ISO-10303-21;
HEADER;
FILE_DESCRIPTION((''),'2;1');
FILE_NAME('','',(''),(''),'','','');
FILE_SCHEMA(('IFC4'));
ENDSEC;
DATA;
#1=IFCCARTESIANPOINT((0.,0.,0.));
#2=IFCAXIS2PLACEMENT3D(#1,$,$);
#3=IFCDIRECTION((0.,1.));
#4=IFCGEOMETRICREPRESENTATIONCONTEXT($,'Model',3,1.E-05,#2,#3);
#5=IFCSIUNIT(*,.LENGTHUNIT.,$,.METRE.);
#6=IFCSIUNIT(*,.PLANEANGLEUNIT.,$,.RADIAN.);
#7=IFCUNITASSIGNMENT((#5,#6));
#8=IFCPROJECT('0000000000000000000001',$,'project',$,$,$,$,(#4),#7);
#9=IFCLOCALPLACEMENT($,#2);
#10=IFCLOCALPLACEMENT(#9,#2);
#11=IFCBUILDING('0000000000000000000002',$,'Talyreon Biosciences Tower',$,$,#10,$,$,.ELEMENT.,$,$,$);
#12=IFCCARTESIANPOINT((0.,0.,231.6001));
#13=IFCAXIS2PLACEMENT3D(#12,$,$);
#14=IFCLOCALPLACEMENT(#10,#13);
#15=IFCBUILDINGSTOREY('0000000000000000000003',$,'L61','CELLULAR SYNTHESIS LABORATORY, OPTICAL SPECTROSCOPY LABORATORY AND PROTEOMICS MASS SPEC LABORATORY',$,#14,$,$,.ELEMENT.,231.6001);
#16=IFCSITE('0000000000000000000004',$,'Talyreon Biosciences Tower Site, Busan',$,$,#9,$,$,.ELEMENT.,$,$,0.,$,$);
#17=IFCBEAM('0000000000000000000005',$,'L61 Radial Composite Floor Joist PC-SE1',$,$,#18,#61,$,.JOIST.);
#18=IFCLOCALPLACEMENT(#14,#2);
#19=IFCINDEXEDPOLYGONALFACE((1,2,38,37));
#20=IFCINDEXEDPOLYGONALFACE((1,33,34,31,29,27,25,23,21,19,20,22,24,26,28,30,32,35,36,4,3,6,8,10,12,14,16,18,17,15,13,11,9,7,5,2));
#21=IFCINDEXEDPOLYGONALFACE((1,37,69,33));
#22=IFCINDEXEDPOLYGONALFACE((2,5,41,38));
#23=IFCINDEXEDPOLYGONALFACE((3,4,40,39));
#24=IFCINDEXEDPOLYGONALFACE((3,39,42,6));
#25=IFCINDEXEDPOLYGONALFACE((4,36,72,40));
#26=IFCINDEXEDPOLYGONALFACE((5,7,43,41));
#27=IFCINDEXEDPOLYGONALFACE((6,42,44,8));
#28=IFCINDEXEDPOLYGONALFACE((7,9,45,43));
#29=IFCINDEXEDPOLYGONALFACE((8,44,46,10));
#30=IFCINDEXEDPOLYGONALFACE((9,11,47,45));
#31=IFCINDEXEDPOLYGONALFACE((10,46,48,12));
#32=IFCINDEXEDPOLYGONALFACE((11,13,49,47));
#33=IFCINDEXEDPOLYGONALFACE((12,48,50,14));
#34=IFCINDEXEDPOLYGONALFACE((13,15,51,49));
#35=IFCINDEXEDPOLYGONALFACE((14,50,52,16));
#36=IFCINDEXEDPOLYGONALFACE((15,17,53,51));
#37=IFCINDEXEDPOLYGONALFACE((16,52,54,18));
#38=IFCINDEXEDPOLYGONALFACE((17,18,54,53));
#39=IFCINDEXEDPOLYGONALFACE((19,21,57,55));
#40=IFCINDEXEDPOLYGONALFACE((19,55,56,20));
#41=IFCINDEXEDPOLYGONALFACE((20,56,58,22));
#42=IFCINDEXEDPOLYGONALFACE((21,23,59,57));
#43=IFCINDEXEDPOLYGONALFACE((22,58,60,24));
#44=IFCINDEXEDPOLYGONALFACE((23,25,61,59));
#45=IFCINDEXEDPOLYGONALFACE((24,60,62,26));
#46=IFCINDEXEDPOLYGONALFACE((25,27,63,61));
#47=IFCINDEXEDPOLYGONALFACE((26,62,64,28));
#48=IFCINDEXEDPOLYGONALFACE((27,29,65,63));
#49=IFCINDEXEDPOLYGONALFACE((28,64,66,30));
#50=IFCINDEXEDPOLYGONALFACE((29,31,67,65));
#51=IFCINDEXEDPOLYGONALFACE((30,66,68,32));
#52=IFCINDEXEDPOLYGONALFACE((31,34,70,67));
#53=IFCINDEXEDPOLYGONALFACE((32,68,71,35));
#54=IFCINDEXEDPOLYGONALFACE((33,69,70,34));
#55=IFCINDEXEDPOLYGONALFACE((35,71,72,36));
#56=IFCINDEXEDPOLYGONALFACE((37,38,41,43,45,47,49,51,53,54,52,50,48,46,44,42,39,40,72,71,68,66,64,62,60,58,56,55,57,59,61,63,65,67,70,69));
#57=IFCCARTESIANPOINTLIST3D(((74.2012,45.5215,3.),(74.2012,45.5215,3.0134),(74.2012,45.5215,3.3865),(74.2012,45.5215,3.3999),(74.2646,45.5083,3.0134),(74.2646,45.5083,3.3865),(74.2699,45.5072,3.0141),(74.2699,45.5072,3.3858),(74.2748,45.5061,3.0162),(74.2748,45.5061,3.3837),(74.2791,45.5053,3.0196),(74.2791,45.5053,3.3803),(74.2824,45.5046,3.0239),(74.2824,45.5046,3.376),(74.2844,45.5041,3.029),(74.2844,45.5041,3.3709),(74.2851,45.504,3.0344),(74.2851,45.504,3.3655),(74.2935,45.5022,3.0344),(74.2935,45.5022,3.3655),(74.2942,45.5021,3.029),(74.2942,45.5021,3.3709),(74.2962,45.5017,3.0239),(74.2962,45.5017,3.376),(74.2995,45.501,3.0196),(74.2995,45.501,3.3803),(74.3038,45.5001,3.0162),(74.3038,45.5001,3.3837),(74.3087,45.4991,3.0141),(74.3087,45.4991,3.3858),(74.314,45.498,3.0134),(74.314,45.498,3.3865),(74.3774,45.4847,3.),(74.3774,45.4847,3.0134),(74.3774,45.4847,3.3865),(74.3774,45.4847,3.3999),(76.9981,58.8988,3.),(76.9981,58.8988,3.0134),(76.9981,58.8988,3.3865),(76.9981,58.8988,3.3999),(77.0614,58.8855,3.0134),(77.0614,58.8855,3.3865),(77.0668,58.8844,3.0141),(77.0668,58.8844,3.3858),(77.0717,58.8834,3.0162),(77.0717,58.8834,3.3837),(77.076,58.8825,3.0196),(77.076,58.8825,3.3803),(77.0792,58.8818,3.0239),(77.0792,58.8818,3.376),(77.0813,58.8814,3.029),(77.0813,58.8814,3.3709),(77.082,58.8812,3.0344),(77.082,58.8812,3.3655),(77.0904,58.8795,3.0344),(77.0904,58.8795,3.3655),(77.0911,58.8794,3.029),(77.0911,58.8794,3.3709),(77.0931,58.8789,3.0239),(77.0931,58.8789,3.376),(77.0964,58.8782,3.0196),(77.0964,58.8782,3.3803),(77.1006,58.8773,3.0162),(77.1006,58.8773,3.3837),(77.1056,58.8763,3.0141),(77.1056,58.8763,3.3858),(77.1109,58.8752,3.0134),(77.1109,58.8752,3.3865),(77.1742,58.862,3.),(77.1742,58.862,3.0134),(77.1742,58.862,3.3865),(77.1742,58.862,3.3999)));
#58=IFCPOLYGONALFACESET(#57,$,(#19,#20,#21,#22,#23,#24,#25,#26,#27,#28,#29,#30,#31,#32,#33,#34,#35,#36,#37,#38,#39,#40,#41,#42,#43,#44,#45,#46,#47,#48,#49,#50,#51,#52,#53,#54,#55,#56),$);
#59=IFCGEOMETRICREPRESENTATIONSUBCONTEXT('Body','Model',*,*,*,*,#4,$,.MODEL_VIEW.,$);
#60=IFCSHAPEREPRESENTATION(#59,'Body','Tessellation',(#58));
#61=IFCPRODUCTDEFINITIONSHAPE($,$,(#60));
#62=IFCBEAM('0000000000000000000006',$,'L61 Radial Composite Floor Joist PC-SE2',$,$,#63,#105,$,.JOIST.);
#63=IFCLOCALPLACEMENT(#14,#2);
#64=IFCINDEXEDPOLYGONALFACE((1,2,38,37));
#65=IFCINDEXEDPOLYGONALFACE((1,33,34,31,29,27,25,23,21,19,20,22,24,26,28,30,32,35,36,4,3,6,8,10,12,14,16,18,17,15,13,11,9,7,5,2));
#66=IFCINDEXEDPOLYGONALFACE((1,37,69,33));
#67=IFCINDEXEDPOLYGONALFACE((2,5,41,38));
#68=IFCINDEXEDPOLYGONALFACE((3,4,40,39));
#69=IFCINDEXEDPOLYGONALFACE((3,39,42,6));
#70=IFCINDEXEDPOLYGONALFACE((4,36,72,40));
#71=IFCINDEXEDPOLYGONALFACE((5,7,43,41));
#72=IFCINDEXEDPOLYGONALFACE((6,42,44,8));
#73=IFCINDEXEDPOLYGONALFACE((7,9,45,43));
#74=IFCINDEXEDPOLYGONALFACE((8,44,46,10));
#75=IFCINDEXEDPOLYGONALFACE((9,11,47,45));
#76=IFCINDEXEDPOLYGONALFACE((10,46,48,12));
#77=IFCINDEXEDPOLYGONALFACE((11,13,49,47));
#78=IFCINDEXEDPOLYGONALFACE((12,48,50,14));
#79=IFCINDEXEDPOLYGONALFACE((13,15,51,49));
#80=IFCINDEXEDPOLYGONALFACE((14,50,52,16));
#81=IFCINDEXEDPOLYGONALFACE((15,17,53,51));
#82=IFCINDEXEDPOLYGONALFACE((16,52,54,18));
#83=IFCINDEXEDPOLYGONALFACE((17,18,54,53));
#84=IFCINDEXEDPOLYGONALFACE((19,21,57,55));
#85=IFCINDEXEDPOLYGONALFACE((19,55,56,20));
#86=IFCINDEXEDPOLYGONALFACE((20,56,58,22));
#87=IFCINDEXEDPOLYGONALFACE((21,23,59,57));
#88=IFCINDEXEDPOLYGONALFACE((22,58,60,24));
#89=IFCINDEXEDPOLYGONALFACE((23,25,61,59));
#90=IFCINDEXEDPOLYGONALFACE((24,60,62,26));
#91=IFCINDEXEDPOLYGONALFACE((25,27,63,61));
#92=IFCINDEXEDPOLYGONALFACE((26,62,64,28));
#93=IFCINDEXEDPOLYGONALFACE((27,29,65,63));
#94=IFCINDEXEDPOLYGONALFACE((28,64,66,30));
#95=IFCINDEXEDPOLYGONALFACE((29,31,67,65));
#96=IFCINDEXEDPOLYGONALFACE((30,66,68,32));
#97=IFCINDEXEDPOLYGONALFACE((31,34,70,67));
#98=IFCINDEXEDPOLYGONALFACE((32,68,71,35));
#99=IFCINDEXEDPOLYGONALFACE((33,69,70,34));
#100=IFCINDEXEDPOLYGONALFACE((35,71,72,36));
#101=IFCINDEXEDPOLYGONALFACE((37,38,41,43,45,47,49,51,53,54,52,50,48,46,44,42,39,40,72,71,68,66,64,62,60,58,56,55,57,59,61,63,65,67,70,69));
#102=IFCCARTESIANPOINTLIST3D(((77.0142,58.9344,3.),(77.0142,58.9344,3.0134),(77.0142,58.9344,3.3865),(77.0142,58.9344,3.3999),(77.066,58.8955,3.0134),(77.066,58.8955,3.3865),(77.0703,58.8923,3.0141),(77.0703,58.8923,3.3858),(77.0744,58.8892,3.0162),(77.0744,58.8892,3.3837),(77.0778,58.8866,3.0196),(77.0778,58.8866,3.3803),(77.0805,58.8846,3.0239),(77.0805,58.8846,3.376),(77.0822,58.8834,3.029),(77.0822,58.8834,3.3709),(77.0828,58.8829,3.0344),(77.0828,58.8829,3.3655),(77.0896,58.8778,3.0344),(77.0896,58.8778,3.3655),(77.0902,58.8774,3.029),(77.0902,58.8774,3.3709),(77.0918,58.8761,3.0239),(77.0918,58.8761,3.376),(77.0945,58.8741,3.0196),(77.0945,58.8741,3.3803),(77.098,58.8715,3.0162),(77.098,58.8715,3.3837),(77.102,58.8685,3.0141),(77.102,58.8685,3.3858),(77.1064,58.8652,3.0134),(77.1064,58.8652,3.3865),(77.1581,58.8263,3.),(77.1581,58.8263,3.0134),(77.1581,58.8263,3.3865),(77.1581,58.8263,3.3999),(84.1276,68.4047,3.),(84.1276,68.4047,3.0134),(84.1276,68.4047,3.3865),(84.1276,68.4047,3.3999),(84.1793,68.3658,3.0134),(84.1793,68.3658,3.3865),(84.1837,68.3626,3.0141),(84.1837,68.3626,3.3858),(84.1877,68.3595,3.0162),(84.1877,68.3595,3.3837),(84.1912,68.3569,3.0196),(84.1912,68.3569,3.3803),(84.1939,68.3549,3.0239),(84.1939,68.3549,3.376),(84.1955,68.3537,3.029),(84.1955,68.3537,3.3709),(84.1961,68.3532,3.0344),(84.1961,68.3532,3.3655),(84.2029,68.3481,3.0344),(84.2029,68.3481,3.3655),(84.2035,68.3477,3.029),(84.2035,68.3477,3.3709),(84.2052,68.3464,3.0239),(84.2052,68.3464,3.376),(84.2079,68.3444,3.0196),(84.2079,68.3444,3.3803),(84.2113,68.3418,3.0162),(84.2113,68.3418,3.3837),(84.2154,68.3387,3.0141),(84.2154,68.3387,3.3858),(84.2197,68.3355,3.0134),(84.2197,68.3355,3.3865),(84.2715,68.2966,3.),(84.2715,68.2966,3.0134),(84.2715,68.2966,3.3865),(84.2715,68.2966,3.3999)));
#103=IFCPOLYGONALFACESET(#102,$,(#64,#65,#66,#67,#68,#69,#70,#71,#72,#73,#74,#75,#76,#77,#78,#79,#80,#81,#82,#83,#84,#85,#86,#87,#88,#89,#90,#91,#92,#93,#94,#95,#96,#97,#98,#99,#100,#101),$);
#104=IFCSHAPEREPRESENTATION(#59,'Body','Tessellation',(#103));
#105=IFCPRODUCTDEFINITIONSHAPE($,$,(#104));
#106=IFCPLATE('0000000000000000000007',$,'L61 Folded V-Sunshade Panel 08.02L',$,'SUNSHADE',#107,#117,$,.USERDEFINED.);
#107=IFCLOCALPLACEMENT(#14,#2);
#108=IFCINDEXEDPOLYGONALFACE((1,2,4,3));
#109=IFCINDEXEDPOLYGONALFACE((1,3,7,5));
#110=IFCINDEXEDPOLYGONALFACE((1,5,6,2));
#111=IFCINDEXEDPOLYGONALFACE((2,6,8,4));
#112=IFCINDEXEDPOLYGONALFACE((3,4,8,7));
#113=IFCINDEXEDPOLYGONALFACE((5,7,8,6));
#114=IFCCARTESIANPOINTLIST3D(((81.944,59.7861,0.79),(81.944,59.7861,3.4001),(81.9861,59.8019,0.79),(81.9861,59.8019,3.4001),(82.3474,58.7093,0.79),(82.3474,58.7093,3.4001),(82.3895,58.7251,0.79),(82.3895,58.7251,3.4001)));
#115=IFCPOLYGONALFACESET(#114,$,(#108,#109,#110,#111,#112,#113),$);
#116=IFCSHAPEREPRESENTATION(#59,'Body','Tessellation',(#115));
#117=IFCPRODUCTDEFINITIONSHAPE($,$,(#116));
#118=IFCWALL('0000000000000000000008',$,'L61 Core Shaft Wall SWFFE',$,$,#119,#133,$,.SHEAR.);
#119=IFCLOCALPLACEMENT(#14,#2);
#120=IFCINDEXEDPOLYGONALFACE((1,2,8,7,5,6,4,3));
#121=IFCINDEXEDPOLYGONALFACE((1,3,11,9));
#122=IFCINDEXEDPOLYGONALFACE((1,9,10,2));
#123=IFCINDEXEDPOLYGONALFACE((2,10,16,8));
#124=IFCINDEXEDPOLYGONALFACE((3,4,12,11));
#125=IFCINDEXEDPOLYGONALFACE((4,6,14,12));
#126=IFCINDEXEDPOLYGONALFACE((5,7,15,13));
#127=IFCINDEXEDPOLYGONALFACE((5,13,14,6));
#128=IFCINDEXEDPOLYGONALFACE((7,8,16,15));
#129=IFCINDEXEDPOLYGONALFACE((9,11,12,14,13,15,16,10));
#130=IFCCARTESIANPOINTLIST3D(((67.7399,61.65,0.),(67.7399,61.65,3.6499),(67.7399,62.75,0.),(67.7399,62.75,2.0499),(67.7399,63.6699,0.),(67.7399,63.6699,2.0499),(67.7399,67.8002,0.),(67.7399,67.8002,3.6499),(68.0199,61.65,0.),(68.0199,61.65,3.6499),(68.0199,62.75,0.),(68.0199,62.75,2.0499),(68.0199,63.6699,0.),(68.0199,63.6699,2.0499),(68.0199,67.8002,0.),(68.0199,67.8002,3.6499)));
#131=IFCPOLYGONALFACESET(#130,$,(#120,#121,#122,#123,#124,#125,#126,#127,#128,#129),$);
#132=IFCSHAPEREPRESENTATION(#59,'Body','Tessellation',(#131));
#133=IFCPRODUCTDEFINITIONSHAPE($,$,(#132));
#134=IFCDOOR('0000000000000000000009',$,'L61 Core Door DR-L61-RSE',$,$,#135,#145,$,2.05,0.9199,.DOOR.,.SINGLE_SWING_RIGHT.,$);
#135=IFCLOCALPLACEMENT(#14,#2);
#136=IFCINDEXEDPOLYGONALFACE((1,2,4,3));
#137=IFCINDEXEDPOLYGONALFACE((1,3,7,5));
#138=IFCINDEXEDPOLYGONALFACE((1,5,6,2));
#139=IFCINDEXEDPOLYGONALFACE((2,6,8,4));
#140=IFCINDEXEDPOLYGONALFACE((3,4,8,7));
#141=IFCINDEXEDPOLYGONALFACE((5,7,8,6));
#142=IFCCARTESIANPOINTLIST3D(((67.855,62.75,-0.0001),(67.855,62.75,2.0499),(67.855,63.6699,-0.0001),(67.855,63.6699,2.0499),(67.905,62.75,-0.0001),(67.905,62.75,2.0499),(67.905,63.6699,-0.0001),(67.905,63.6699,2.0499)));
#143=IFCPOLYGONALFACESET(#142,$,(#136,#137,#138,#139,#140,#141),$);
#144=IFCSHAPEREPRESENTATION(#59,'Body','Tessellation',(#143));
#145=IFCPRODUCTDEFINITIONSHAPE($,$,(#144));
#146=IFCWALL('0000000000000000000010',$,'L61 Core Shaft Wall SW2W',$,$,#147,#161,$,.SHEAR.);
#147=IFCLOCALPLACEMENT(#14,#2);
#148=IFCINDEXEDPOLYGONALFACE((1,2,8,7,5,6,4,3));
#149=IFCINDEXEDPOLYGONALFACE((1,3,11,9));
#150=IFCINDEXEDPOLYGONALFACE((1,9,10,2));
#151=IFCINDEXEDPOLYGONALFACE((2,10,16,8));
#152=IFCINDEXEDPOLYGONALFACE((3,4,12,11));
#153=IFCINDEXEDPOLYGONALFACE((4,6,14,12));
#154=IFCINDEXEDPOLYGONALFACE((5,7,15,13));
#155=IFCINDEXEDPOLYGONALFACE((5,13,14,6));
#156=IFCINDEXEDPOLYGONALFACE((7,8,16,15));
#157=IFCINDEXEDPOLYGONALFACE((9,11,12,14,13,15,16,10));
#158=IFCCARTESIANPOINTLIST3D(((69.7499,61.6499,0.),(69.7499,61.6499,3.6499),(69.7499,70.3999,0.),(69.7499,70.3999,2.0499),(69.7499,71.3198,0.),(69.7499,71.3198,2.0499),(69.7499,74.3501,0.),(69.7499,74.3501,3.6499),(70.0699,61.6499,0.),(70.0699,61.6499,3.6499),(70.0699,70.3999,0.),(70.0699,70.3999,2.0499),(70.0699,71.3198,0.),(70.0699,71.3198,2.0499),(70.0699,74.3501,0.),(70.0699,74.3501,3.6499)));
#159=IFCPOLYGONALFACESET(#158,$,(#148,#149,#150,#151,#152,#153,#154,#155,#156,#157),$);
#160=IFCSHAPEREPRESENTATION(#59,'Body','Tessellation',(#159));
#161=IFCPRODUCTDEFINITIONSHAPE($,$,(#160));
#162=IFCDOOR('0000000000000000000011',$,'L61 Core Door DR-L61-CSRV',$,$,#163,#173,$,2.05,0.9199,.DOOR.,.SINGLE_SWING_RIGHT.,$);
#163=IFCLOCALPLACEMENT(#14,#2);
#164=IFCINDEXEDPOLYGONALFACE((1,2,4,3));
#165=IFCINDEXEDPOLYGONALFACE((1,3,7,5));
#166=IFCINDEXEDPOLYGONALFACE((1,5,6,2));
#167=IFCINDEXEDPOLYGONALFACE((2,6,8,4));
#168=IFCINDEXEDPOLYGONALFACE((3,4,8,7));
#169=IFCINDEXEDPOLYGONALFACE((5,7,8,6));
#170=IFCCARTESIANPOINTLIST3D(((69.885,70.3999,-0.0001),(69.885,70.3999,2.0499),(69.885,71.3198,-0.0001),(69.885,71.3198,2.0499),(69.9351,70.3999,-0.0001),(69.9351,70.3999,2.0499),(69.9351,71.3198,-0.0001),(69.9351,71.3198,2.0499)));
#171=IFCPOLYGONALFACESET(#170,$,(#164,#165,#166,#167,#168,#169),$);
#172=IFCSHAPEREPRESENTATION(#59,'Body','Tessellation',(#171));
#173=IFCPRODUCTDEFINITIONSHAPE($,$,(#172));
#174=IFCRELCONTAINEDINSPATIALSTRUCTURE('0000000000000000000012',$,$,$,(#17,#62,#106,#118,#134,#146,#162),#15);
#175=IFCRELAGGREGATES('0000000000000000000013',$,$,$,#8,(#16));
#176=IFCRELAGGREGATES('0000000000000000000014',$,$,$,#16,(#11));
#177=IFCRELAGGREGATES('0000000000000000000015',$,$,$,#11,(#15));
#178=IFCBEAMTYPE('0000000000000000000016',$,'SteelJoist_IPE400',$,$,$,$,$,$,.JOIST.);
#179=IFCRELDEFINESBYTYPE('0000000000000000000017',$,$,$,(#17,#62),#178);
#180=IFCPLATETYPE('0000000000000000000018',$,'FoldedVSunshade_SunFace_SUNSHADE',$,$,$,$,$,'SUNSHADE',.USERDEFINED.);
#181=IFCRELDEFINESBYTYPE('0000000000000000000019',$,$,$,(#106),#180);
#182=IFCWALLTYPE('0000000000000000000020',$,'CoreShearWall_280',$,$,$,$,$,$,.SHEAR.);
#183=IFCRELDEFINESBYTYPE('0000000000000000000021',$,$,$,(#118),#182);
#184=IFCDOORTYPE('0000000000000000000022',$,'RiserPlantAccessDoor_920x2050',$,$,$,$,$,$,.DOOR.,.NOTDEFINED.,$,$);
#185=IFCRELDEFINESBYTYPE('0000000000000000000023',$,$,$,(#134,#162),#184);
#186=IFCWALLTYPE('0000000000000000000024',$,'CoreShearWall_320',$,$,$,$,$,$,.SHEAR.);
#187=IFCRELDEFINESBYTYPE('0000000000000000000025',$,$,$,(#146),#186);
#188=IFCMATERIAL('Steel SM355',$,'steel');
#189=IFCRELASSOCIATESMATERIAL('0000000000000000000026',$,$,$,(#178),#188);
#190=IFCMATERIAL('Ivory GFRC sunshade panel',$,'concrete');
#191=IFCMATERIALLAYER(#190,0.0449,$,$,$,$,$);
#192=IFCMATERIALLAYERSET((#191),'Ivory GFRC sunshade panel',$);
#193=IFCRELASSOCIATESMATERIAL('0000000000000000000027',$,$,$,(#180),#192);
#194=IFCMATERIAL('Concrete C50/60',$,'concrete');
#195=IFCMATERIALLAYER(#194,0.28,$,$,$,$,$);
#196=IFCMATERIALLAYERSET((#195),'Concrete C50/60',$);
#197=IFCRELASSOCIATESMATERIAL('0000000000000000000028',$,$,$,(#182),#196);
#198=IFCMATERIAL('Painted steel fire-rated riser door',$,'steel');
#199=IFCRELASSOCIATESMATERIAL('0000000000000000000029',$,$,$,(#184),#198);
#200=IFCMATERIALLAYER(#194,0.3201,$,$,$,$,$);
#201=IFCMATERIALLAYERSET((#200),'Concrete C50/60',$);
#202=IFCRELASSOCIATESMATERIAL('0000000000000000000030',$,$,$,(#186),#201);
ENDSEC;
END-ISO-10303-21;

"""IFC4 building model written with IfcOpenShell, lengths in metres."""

from ifc_helpers import new_model, si_unit, direction, frame, frame_2d, origin, origin_2d, place, context, subcontext, project, spatial, rectangle, i_section, extrude, material, layer, layer_set, material_profile, profile_set, type_object, element, fill, save


model = new_model("IFC4")

# Units and contexts
model_context = context("Model", 3, precision=1e-05, world=origin(), true_north=direction((0.0, 1.0)))
body_context = subcontext(model_context, "Body", "Model", "MODEL_VIEW")
ifc_project = project(units=[si_unit("LENGTHUNIT", "METRE"), si_unit("PLANEANGLEUNIT", "RADIAN")], contexts=[model_context])

# Site, building, storey
site_placement = place(None, origin())
site = spatial("IfcSite", under=ifc_project, at=site_placement, Name="Talyreon Biosciences Tower Site, Busan", CompositionType="ELEMENT", RefElevation=0.0)
building_placement = place(site_placement, origin())
building = spatial("IfcBuilding", under=site, at=building_placement, Name="Talyreon Biosciences Tower", CompositionType="ELEMENT")
storey_placement = place(building_placement, frame((0.0, 0.0, 231.6001)))
storey = spatial("IfcBuildingStorey", under=building, at=storey_placement, Name="L61", Description="CELLULAR SYNTHESIS LABORATORY, OPTICAL SPECTROSCOPY LABORATORY AND PROTEOMICS MASS SPEC LABORATORY", CompositionType="ELEMENT", Elevation=231.6001)

# Shared definitions
ifc_material_1 = material(Name="Concrete C50/60", Category="concrete")

# Beams
ifc_material_2 = material(Name="Steel SM355", Category="steel")
ifc_material_profile_1 = material_profile(ifc_material_2, i_section(OverallWidth=0.1799, OverallDepth=0.3999, WebThickness=0.0085, FlangeThickness=0.0134, FilletRadius=0.021, at=origin_2d()), Name="IPE400")
ifc_profile_set_1 = profile_set([ifc_material_profile_1], Name="Steel SM355")
beam_type_1 = type_object("IfcBeamType", Name="SteelJoist_IPE400", PredefinedType="JOIST", material=ifc_profile_set_1)
beam_1_placement = place(storey_placement, frame((77.0862, 58.8804, 3.2), z_axis=(-0.204653, -0.978835, 0.0), x_axis=(0.978835, -0.204653, 0.0)))
element("IfcBeam", 1, at=beam_1_placement, inside=storey, type_object=beam_type_1, Name="L61 Radial Composite Floor Joist PC-SE1", PredefinedType="JOIST", context=body_context, shape_type="SweptSolid", body=[
    extrude(i_section(OverallWidth=0.1799, OverallDepth=0.3999, WebThickness=0.0085, FlangeThickness=0.0134, FilletRadius=0.021, at=origin_2d()), origin(), (0.0, 0.0, 1.0), 13.6665),
])
beam_2_placement = place(storey_placement, frame((77.0862, 58.8804, 3.2), z_axis=(0.600574, 0.799569, 0.0), x_axis=(-0.799569, 0.600574, 0.0)))
element("IfcBeam", 2, at=beam_2_placement, inside=storey, type_object=beam_type_1, Name="L61 Radial Composite Floor Joist PC-SE2", PredefinedType="JOIST", context=body_context, shape_type="SweptSolid", body=[
    extrude(i_section(OverallWidth=0.1799, OverallDepth=0.3999, WebThickness=0.0085, FlangeThickness=0.0134, FilletRadius=0.021, at=origin_2d()), origin(), (0.0, 0.0, 1.0), 11.8442),
])

# Plate
ifc_material_3 = material(Name="Ivory GFRC sunshade panel", Category="concrete")
ifc_layer_1 = layer(ifc_material_3, 0.0449)
ifc_layer_set_1 = layer_set([ifc_layer_1], Name="Ivory GFRC sunshade panel")
plate_type = type_object("IfcPlateType", Name="FoldedVSunshade_SunFace_SUNSHADE", ElementType="SUNSHADE", PredefinedType="USERDEFINED", material=ifc_layer_set_1)
plate_placement = place(storey_placement, frame((82.1667, 59.2556, 0.79), z_axis=(0.0, 0.0, 1.0), x_axis=(0.350861, -0.936427, 0.0)))
element("IfcPlate", 3, at=plate_placement, inside=storey, type_object=plate_type, Name="L61 Folded V-Sunshade Panel 08.02L", ObjectType="SUNSHADE", PredefinedType="USERDEFINED", context=body_context, shape_type="SweptSolid", body=[
    extrude(rectangle(XDim=1.1499, YDim=0.0449, at=origin_2d()), origin(), (0.0, 0.0, 1.0), 2.6101),
])

# Walls, openings, doors
ifc_layer_2 = layer(ifc_material_1, 0.28)
ifc_layer_set_2 = layer_set([ifc_layer_2], Name="Concrete C50/60")
wall_type_1 = type_object("IfcWallType", Name="CoreShearWall_280", PredefinedType="SHEAR", material=ifc_layer_set_2)
wall_1_placement = place(storey_placement, frame((67.8799, 61.6499, 0.0), z_axis=(0.0, 0.0, 1.0), x_axis=(0.0, 1.0, 0.0)))
wall_1 = element("IfcWall", 4, at=wall_1_placement, inside=storey, type_object=wall_type_1, Name="L61 Core Shaft Wall SWFFE", PredefinedType="SHEAR", context=body_context, shape_type="SweptSolid", body=[
    extrude(rectangle(XDim=6.1501, YDim=0.28, at=frame_2d((3.0752, 0.0))), origin(), (0.0, 0.0, 1.0), 3.6499),
])
opening_1_placement = place(wall_1_placement, frame((1.1001, 0.0, 0.0)))
opening_1 = element("IfcOpeningElement", 5, at=opening_1_placement, cuts=wall_1, PredefinedType="OPENING", context=body_context, shape_type="SweptSolid", body=[
    extrude(rectangle(XDim=0.9199, YDim=2.05, at=frame_2d((0.46, 1.0249))), frame((0.0, 0.1499, 0.0), z_axis=(0.0, -1.0, 0.0), x_axis=(1.0, 0.0, 0.0)), (0.0, 0.0, 1.0), 0.3),
])
ifc_material_4 = material(Name="Painted steel fire-rated riser door", Category="steel")
door_type = type_object("IfcDoorType", Name="RiserPlantAccessDoor_920x2050", OperationType="NOTDEFINED", PredefinedType="DOOR", material=ifc_material_4)
door_1_placement = place(opening_1_placement, origin())
door_1 = element("IfcDoor", 6, at=door_1_placement, inside=storey, type_object=door_type, Name="L61 Core Door DR-L61-RSE", OperationType="SINGLE_SWING_RIGHT", OverallHeight=2.05, OverallWidth=0.9199, PredefinedType="DOOR", context=body_context, shape_type="SweptSolid", body=[
    extrude(rectangle(XDim=0.9199, YDim=2.05, at=frame_2d((0.46, 1.0249))), frame((0.0, 0.0249, 0.0), z_axis=(0.0, -1.0, 0.0), x_axis=(1.0, 0.0, 0.0)), (0.0, 0.0, 1.0), 0.05),
])
fill(opening_1, door_1)
ifc_layer_3 = layer(ifc_material_1, 0.3201)
ifc_layer_set_3 = layer_set([ifc_layer_3], Name="Concrete C50/60")
wall_type_2 = type_object("IfcWallType", Name="CoreShearWall_320", PredefinedType="SHEAR", material=ifc_layer_set_3)
wall_2_placement = place(storey_placement, frame((69.9099, 61.6499, 0.0), z_axis=(0.0, 0.0, 1.0), x_axis=(0.0, 1.0, 0.0)))
wall_2 = element("IfcWall", 7, at=wall_2_placement, inside=storey, type_object=wall_type_2, Name="L61 Core Shaft Wall SW2W", PredefinedType="SHEAR", context=body_context, shape_type="SweptSolid", body=[
    extrude(rectangle(XDim=12.7002, YDim=0.3201, at=frame_2d((6.3501, 0.0))), origin(), (0.0, 0.0, 1.0), 3.6499),
])
opening_2_placement = place(wall_2_placement, frame((8.75, 0.0, 0.0)))
opening_2 = element("IfcOpeningElement", 8, at=opening_2_placement, cuts=wall_2, PredefinedType="OPENING", context=body_context, shape_type="SweptSolid", body=[
    extrude(rectangle(XDim=0.9199, YDim=2.05, at=frame_2d((0.46, 1.0249))), frame((0.0, 0.1699, 0.0), z_axis=(0.0, -1.0, 0.0), x_axis=(1.0, 0.0, 0.0)), (0.0, 0.0, 1.0), 0.3401),
])
door_2_placement = place(opening_2_placement, origin())
door_2 = element("IfcDoor", 9, at=door_2_placement, inside=storey, type_object=door_type, Name="L61 Core Door DR-L61-CSRV", OperationType="SINGLE_SWING_RIGHT", OverallHeight=2.05, OverallWidth=0.9199, PredefinedType="DOOR", context=body_context, shape_type="SweptSolid", body=[
    extrude(rectangle(XDim=0.9199, YDim=2.05, at=frame_2d((0.46, 1.0249))), frame((0.0, 0.0249, 0.0), z_axis=(0.0, -1.0, 0.0), x_axis=(1.0, 0.0, 0.0)), (0.0, 0.0, 1.0), 0.05),
])
fill(opening_2, door_2)

save(model, "model.ifc")
